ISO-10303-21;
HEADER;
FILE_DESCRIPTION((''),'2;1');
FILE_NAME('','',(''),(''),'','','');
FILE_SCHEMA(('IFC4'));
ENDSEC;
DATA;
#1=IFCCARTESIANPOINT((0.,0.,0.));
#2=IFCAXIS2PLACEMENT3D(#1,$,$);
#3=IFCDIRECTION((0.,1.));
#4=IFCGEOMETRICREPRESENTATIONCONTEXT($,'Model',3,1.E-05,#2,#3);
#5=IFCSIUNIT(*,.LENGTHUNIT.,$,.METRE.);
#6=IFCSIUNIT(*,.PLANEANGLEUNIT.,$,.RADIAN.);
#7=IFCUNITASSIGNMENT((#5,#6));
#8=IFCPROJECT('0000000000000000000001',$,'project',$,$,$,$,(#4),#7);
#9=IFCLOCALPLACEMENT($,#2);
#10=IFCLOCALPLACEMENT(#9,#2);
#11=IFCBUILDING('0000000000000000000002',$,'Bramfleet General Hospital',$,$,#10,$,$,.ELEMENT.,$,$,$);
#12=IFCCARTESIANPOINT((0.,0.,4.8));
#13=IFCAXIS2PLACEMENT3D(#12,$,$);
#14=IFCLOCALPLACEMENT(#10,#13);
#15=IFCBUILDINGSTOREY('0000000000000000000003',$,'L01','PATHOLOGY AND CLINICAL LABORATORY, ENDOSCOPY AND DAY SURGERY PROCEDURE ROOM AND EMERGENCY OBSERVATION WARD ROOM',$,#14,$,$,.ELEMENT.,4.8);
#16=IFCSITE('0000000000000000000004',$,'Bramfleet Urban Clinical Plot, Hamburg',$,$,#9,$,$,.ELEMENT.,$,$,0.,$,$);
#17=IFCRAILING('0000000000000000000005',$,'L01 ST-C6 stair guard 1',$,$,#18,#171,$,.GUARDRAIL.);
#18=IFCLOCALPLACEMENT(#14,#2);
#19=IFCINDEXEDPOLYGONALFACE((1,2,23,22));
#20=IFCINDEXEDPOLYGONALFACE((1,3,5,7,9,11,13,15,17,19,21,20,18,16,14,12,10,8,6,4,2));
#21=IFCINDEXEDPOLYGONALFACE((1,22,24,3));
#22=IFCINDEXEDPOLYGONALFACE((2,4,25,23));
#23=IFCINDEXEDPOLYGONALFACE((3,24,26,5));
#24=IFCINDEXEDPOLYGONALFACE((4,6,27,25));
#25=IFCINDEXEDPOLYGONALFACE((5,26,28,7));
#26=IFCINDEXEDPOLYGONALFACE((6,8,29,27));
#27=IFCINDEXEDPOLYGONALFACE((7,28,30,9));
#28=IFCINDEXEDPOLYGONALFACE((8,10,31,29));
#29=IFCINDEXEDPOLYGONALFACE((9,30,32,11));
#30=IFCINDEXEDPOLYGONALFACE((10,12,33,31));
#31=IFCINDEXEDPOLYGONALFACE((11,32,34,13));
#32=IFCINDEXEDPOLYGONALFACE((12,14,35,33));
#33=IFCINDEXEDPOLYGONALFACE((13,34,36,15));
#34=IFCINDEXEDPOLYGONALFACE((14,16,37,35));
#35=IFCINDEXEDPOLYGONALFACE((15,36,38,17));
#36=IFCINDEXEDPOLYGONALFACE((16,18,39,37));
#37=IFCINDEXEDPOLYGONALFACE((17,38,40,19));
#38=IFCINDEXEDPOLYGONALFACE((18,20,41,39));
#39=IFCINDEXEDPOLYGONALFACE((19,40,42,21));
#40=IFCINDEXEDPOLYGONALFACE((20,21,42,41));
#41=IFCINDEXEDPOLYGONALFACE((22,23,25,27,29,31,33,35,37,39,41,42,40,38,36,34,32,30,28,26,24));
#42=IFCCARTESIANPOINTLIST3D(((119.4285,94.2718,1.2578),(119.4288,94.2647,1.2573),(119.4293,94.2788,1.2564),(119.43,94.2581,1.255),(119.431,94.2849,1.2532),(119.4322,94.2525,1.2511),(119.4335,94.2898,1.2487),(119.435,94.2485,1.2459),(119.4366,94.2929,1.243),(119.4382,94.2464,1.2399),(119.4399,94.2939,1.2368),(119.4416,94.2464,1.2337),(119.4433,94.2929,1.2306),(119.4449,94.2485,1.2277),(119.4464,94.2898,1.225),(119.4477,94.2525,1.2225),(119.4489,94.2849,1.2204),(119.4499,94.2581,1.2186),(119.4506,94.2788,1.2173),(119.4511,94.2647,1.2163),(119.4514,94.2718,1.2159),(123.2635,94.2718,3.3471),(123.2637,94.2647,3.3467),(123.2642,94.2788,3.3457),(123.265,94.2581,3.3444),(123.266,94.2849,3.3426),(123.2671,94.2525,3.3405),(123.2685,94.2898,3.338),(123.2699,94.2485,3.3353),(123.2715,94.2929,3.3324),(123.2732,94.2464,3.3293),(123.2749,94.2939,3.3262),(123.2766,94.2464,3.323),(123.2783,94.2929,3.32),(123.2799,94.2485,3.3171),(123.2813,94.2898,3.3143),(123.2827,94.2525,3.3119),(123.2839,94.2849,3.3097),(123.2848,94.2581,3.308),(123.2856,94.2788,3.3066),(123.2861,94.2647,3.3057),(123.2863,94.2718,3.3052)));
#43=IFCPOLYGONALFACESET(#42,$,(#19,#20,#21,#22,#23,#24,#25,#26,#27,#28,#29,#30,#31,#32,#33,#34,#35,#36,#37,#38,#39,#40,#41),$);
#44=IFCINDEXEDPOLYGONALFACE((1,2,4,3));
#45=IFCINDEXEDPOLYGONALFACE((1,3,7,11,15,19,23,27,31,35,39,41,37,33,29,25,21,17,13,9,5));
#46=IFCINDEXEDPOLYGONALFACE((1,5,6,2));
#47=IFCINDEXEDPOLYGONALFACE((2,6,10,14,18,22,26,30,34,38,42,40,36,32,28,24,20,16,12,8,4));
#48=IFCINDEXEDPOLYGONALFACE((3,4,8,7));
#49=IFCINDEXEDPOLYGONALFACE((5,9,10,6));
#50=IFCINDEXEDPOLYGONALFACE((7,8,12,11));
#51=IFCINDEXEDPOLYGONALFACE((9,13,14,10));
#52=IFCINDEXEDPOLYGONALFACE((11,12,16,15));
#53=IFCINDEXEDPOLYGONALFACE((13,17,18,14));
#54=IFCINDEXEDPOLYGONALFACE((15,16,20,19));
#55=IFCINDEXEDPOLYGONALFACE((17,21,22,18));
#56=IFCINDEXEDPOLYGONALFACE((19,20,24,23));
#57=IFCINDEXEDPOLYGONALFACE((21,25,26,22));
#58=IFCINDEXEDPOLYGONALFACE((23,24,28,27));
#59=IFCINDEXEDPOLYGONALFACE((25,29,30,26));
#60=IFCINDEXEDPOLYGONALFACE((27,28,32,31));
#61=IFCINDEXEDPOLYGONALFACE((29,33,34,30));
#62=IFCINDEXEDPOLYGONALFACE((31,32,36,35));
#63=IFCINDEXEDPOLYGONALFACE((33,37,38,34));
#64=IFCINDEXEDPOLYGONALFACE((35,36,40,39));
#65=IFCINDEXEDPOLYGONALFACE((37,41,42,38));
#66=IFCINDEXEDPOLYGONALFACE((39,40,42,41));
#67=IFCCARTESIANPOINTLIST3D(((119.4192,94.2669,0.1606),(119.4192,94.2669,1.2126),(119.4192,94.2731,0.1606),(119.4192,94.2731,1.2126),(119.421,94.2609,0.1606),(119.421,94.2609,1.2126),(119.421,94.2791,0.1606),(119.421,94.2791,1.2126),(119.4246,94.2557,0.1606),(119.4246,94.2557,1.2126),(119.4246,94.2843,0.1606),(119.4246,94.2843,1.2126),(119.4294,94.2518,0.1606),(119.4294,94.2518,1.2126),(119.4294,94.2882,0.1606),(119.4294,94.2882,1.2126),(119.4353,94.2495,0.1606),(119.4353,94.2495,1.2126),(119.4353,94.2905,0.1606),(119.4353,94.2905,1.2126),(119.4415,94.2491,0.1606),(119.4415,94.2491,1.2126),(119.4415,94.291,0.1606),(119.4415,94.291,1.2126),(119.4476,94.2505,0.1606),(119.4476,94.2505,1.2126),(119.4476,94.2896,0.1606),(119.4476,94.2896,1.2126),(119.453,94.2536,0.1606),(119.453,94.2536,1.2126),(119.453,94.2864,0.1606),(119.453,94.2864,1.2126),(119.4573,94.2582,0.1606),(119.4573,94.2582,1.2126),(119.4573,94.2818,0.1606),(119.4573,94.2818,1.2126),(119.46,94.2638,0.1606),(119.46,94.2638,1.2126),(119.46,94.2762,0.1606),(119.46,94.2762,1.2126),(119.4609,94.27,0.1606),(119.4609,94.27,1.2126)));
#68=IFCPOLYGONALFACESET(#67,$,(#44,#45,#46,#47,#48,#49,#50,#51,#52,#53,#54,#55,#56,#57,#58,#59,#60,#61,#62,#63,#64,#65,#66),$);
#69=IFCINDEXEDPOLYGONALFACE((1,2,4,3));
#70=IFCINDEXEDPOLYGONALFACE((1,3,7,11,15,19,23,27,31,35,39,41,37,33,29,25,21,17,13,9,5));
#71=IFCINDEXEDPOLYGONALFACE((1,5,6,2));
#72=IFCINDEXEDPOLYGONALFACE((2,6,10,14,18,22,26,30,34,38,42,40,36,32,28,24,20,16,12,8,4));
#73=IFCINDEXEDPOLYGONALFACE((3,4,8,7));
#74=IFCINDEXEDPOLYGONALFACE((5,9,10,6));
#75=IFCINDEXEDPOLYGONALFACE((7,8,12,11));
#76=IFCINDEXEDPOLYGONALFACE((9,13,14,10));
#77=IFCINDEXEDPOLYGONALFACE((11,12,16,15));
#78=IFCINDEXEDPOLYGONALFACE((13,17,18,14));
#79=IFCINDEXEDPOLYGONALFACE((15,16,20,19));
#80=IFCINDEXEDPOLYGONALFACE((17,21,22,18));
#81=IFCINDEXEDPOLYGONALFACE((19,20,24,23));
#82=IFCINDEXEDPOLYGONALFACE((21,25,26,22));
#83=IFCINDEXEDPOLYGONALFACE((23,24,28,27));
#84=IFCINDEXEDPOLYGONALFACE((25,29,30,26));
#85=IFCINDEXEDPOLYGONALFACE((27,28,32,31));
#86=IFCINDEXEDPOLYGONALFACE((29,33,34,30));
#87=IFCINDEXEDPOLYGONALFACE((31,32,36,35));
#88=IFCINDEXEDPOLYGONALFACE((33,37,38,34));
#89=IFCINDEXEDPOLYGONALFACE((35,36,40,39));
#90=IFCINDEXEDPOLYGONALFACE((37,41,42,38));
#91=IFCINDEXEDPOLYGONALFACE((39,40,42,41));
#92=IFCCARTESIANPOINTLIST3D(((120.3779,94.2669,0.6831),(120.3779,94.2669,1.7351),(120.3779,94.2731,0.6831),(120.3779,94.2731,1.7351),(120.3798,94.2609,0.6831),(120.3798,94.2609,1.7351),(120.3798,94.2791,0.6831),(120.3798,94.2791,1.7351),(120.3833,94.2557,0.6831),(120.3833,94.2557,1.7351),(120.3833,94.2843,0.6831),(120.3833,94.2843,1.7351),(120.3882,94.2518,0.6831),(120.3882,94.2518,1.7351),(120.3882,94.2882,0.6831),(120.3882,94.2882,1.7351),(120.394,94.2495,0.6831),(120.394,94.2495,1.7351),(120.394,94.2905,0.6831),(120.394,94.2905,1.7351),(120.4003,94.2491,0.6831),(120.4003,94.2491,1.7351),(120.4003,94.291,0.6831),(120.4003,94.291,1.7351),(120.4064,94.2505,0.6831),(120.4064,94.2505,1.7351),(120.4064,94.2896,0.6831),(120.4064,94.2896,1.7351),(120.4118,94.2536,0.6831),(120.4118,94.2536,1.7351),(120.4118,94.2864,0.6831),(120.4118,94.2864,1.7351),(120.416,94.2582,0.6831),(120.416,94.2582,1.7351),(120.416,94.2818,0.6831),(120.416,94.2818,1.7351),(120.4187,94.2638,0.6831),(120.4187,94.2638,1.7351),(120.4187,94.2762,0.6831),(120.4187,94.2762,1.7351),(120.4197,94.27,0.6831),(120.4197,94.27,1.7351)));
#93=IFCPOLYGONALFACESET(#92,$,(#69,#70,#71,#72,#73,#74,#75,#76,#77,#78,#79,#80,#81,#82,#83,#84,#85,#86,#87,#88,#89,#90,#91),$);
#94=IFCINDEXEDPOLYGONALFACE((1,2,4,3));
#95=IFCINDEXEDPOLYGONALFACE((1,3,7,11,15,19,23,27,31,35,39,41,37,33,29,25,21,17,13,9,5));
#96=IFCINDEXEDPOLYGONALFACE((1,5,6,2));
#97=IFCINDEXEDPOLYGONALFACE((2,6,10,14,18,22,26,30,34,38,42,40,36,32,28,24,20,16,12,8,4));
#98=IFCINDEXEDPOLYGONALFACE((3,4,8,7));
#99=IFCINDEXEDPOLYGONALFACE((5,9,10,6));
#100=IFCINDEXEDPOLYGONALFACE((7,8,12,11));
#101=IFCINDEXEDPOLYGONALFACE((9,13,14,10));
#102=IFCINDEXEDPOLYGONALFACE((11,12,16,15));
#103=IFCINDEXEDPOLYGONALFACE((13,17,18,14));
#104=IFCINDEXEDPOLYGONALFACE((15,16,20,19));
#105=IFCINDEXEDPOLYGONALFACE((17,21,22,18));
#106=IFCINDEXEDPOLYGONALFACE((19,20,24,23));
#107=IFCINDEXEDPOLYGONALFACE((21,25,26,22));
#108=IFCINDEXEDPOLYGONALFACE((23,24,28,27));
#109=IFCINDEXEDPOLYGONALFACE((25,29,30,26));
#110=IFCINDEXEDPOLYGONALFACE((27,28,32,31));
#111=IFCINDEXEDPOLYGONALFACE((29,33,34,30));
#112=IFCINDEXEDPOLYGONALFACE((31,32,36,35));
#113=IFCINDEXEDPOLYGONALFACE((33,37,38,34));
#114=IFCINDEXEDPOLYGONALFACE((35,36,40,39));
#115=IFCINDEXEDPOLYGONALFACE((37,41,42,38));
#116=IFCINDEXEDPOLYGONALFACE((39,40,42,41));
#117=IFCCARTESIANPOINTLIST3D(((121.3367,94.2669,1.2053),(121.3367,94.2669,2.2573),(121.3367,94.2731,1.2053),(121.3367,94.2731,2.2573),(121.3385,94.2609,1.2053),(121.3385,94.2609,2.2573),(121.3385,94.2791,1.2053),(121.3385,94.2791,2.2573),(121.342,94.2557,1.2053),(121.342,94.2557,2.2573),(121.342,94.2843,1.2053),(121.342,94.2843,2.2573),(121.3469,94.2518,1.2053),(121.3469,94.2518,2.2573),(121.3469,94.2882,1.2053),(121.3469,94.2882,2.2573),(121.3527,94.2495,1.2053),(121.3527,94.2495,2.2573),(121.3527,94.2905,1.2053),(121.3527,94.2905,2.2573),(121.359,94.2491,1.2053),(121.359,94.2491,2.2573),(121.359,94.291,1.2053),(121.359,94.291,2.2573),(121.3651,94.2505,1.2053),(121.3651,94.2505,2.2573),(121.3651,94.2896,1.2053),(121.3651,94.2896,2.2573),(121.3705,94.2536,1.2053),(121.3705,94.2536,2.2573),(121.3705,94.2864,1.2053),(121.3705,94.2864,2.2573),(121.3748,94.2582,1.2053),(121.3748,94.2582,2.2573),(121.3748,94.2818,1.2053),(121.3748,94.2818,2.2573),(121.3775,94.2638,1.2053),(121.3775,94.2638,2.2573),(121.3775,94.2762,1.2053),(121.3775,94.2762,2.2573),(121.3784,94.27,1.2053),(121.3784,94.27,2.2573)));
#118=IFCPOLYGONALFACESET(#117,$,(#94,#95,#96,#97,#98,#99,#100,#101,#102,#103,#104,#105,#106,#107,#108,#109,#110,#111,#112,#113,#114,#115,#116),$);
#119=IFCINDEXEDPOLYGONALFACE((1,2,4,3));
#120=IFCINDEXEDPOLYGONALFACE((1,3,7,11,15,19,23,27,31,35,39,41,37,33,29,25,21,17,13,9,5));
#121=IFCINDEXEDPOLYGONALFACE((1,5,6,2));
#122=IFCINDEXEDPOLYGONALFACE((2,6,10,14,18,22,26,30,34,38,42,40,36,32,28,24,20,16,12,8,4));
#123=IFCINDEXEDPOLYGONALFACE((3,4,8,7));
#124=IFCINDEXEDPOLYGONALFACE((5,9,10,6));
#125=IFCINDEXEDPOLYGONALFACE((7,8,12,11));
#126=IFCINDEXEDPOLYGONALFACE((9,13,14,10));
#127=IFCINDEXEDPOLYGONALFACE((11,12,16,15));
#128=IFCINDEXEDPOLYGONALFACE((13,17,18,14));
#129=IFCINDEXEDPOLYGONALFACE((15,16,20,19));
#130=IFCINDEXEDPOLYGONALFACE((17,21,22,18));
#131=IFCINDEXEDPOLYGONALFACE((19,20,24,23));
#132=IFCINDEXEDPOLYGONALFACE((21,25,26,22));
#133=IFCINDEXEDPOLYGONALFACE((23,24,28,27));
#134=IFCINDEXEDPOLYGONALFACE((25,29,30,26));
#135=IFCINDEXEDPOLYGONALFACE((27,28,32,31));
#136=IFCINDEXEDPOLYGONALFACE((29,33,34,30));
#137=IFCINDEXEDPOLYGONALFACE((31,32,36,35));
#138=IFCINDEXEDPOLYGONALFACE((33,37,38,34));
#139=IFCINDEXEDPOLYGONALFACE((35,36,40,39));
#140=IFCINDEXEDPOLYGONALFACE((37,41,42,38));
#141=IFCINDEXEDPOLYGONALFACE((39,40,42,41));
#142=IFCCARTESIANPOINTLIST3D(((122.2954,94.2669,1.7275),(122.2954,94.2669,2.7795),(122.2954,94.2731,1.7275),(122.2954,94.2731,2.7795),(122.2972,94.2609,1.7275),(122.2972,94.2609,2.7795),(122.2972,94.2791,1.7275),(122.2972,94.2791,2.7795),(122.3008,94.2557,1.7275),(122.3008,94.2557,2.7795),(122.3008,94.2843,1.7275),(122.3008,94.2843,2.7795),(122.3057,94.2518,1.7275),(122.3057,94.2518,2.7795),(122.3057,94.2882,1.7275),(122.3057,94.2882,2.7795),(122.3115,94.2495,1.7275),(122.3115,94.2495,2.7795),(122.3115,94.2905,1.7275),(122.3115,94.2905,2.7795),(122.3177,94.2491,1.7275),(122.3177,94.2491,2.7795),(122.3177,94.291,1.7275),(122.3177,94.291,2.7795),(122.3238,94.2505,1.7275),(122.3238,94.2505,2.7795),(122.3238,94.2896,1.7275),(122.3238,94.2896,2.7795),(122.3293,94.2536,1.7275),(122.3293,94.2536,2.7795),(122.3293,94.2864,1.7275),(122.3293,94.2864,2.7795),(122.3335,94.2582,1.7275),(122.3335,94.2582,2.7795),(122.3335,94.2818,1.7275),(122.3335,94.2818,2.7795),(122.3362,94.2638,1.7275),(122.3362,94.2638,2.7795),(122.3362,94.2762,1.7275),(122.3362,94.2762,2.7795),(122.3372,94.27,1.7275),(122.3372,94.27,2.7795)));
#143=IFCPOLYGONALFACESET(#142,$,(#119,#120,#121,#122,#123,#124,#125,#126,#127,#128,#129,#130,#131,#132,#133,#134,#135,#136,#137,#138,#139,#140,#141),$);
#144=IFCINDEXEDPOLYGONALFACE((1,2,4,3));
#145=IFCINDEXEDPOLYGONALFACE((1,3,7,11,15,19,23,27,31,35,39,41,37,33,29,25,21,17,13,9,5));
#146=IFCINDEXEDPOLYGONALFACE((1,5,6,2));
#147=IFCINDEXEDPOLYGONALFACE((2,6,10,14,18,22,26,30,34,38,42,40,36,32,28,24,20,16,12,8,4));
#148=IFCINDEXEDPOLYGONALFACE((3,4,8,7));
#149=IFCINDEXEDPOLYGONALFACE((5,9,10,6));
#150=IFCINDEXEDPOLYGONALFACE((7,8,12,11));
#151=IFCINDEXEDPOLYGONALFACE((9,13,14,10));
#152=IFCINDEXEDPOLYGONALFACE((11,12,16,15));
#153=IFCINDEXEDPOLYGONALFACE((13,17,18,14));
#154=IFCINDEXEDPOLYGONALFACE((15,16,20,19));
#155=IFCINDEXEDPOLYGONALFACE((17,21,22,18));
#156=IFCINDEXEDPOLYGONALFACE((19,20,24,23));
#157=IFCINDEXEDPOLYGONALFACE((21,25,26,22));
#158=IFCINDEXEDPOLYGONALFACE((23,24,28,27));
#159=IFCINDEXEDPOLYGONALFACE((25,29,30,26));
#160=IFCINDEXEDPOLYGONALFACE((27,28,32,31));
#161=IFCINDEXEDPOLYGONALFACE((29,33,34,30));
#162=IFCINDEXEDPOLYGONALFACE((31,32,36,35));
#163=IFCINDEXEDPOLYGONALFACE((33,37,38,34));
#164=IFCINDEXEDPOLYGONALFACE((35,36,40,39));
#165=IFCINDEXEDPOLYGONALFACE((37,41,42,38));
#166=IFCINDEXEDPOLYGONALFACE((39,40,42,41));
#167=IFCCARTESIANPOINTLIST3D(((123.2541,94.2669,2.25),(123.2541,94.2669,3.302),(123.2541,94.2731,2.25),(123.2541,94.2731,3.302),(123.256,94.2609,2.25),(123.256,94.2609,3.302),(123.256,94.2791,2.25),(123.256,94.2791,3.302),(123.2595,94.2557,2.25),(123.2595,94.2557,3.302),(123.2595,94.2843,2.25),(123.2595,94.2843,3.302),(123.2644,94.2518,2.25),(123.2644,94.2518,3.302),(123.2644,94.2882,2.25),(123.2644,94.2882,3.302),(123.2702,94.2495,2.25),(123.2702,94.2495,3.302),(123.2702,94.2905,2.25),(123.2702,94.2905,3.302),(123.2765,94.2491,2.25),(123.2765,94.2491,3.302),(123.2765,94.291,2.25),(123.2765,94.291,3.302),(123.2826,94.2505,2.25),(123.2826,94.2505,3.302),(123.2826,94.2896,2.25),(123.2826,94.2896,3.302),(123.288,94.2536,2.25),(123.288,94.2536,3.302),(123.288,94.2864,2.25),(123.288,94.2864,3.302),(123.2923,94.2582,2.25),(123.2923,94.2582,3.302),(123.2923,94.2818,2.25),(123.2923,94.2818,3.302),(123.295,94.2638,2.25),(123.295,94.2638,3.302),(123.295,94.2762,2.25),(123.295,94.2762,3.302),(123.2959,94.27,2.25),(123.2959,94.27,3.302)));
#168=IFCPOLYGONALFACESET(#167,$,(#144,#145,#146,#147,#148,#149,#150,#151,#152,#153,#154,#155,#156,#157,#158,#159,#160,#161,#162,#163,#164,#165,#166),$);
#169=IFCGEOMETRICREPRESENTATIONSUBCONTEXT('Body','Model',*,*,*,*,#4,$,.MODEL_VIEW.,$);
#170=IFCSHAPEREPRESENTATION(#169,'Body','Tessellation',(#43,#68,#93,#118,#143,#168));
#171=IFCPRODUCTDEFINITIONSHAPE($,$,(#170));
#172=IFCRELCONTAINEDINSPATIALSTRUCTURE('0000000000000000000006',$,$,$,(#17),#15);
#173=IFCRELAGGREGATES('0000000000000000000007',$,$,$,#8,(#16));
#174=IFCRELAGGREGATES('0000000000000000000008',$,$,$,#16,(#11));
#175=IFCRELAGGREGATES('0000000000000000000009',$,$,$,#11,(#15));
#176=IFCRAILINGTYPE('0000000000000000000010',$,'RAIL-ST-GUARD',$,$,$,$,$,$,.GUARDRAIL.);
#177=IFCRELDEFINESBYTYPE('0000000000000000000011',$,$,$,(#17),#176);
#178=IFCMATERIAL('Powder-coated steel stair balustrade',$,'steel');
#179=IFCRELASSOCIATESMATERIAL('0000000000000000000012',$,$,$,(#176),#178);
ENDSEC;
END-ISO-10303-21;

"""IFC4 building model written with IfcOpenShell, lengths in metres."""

from ifc_helpers import new_model, si_unit, direction, frame, origin, origin_2d, place, context, subcontext, project, spatial, circle, extrude, material, type_object, element, save


model = new_model("IFC4")

# Units and contexts
model_context = context("Model", 3, precision=1e-05, world=origin(), true_north=direction((0.0, 1.0)))
body_context = subcontext(model_context, "Body", "Model", "MODEL_VIEW")
ifc_project = project(units=[si_unit("LENGTHUNIT", "METRE"), si_unit("PLANEANGLEUNIT", "RADIAN")], contexts=[model_context])

# Site, building, storey
site_placement = place(None, origin())
site = spatial("IfcSite", under=ifc_project, at=site_placement, Name="Bramfleet Urban Clinical Plot, Hamburg", CompositionType="ELEMENT", RefElevation=0.0)
building_placement = place(site_placement, origin())
building = spatial("IfcBuilding", under=site, at=building_placement, Name="Bramfleet General Hospital", CompositionType="ELEMENT")
storey_placement = place(building_placement, frame((0.0, 0.0, 4.8)))
storey = spatial("IfcBuildingStorey", under=building, at=storey_placement, Name="L01", Description="PATHOLOGY AND CLINICAL LABORATORY, ENDOSCOPY AND DAY SURGERY PROCEDURE ROOM AND EMERGENCY OBSERVATION WARD ROOM", CompositionType="ELEMENT", Elevation=4.8)

# Railing
ifc_material_1 = material(Name="Powder-coated steel stair balustrade", Category="steel")
railing_type_1 = type_object("IfcRailingType", Name="RAIL-ST-GUARD", PredefinedType="GUARDRAIL", material=ifc_material_1)
railing_1_placement = place(storey_placement, frame((119.4399, 94.27, 0.1606)))
element("IfcRailing", 1, at=railing_1_placement, inside=storey, type_object=railing_type_1, Name="L01 ST-C6 stair guard 1", PredefinedType="GUARDRAIL", context=body_context, shape_type="SweptSolid", body=[
    extrude(circle(Radius=0.0239, at=origin_2d()), frame((0.0, 0.0, 1.0762), z_axis=(0.87813, 0.0, 0.478421), x_axis=(0.0, 1.0, 0.0)), (0.0, 0.0, 1.0), 4.3672),
    extrude(circle(Radius=0.021, at=origin_2d()), origin(), (0.0, 0.0, 1.0), 1.052),
    extrude(circle(Radius=0.021, at=origin_2d()), frame((0.9587, 0.0, 0.5225)), (0.0, 0.0, 1.0), 1.052),
    extrude(circle(Radius=0.021, at=origin_2d()), frame((1.9175, 0.0, 1.0447)), (0.0, 0.0, 1.0), 1.052),
    extrude(circle(Radius=0.021, at=origin_2d()), frame((2.8762, 0.0, 1.5669)), (0.0, 0.0, 1.0), 1.052),
    extrude(circle(Radius=0.021, at=origin_2d()), frame((3.835, 0.0, 2.0894)), (0.0, 0.0, 1.0), 1.052),
])

save(model, "model.ifc")
